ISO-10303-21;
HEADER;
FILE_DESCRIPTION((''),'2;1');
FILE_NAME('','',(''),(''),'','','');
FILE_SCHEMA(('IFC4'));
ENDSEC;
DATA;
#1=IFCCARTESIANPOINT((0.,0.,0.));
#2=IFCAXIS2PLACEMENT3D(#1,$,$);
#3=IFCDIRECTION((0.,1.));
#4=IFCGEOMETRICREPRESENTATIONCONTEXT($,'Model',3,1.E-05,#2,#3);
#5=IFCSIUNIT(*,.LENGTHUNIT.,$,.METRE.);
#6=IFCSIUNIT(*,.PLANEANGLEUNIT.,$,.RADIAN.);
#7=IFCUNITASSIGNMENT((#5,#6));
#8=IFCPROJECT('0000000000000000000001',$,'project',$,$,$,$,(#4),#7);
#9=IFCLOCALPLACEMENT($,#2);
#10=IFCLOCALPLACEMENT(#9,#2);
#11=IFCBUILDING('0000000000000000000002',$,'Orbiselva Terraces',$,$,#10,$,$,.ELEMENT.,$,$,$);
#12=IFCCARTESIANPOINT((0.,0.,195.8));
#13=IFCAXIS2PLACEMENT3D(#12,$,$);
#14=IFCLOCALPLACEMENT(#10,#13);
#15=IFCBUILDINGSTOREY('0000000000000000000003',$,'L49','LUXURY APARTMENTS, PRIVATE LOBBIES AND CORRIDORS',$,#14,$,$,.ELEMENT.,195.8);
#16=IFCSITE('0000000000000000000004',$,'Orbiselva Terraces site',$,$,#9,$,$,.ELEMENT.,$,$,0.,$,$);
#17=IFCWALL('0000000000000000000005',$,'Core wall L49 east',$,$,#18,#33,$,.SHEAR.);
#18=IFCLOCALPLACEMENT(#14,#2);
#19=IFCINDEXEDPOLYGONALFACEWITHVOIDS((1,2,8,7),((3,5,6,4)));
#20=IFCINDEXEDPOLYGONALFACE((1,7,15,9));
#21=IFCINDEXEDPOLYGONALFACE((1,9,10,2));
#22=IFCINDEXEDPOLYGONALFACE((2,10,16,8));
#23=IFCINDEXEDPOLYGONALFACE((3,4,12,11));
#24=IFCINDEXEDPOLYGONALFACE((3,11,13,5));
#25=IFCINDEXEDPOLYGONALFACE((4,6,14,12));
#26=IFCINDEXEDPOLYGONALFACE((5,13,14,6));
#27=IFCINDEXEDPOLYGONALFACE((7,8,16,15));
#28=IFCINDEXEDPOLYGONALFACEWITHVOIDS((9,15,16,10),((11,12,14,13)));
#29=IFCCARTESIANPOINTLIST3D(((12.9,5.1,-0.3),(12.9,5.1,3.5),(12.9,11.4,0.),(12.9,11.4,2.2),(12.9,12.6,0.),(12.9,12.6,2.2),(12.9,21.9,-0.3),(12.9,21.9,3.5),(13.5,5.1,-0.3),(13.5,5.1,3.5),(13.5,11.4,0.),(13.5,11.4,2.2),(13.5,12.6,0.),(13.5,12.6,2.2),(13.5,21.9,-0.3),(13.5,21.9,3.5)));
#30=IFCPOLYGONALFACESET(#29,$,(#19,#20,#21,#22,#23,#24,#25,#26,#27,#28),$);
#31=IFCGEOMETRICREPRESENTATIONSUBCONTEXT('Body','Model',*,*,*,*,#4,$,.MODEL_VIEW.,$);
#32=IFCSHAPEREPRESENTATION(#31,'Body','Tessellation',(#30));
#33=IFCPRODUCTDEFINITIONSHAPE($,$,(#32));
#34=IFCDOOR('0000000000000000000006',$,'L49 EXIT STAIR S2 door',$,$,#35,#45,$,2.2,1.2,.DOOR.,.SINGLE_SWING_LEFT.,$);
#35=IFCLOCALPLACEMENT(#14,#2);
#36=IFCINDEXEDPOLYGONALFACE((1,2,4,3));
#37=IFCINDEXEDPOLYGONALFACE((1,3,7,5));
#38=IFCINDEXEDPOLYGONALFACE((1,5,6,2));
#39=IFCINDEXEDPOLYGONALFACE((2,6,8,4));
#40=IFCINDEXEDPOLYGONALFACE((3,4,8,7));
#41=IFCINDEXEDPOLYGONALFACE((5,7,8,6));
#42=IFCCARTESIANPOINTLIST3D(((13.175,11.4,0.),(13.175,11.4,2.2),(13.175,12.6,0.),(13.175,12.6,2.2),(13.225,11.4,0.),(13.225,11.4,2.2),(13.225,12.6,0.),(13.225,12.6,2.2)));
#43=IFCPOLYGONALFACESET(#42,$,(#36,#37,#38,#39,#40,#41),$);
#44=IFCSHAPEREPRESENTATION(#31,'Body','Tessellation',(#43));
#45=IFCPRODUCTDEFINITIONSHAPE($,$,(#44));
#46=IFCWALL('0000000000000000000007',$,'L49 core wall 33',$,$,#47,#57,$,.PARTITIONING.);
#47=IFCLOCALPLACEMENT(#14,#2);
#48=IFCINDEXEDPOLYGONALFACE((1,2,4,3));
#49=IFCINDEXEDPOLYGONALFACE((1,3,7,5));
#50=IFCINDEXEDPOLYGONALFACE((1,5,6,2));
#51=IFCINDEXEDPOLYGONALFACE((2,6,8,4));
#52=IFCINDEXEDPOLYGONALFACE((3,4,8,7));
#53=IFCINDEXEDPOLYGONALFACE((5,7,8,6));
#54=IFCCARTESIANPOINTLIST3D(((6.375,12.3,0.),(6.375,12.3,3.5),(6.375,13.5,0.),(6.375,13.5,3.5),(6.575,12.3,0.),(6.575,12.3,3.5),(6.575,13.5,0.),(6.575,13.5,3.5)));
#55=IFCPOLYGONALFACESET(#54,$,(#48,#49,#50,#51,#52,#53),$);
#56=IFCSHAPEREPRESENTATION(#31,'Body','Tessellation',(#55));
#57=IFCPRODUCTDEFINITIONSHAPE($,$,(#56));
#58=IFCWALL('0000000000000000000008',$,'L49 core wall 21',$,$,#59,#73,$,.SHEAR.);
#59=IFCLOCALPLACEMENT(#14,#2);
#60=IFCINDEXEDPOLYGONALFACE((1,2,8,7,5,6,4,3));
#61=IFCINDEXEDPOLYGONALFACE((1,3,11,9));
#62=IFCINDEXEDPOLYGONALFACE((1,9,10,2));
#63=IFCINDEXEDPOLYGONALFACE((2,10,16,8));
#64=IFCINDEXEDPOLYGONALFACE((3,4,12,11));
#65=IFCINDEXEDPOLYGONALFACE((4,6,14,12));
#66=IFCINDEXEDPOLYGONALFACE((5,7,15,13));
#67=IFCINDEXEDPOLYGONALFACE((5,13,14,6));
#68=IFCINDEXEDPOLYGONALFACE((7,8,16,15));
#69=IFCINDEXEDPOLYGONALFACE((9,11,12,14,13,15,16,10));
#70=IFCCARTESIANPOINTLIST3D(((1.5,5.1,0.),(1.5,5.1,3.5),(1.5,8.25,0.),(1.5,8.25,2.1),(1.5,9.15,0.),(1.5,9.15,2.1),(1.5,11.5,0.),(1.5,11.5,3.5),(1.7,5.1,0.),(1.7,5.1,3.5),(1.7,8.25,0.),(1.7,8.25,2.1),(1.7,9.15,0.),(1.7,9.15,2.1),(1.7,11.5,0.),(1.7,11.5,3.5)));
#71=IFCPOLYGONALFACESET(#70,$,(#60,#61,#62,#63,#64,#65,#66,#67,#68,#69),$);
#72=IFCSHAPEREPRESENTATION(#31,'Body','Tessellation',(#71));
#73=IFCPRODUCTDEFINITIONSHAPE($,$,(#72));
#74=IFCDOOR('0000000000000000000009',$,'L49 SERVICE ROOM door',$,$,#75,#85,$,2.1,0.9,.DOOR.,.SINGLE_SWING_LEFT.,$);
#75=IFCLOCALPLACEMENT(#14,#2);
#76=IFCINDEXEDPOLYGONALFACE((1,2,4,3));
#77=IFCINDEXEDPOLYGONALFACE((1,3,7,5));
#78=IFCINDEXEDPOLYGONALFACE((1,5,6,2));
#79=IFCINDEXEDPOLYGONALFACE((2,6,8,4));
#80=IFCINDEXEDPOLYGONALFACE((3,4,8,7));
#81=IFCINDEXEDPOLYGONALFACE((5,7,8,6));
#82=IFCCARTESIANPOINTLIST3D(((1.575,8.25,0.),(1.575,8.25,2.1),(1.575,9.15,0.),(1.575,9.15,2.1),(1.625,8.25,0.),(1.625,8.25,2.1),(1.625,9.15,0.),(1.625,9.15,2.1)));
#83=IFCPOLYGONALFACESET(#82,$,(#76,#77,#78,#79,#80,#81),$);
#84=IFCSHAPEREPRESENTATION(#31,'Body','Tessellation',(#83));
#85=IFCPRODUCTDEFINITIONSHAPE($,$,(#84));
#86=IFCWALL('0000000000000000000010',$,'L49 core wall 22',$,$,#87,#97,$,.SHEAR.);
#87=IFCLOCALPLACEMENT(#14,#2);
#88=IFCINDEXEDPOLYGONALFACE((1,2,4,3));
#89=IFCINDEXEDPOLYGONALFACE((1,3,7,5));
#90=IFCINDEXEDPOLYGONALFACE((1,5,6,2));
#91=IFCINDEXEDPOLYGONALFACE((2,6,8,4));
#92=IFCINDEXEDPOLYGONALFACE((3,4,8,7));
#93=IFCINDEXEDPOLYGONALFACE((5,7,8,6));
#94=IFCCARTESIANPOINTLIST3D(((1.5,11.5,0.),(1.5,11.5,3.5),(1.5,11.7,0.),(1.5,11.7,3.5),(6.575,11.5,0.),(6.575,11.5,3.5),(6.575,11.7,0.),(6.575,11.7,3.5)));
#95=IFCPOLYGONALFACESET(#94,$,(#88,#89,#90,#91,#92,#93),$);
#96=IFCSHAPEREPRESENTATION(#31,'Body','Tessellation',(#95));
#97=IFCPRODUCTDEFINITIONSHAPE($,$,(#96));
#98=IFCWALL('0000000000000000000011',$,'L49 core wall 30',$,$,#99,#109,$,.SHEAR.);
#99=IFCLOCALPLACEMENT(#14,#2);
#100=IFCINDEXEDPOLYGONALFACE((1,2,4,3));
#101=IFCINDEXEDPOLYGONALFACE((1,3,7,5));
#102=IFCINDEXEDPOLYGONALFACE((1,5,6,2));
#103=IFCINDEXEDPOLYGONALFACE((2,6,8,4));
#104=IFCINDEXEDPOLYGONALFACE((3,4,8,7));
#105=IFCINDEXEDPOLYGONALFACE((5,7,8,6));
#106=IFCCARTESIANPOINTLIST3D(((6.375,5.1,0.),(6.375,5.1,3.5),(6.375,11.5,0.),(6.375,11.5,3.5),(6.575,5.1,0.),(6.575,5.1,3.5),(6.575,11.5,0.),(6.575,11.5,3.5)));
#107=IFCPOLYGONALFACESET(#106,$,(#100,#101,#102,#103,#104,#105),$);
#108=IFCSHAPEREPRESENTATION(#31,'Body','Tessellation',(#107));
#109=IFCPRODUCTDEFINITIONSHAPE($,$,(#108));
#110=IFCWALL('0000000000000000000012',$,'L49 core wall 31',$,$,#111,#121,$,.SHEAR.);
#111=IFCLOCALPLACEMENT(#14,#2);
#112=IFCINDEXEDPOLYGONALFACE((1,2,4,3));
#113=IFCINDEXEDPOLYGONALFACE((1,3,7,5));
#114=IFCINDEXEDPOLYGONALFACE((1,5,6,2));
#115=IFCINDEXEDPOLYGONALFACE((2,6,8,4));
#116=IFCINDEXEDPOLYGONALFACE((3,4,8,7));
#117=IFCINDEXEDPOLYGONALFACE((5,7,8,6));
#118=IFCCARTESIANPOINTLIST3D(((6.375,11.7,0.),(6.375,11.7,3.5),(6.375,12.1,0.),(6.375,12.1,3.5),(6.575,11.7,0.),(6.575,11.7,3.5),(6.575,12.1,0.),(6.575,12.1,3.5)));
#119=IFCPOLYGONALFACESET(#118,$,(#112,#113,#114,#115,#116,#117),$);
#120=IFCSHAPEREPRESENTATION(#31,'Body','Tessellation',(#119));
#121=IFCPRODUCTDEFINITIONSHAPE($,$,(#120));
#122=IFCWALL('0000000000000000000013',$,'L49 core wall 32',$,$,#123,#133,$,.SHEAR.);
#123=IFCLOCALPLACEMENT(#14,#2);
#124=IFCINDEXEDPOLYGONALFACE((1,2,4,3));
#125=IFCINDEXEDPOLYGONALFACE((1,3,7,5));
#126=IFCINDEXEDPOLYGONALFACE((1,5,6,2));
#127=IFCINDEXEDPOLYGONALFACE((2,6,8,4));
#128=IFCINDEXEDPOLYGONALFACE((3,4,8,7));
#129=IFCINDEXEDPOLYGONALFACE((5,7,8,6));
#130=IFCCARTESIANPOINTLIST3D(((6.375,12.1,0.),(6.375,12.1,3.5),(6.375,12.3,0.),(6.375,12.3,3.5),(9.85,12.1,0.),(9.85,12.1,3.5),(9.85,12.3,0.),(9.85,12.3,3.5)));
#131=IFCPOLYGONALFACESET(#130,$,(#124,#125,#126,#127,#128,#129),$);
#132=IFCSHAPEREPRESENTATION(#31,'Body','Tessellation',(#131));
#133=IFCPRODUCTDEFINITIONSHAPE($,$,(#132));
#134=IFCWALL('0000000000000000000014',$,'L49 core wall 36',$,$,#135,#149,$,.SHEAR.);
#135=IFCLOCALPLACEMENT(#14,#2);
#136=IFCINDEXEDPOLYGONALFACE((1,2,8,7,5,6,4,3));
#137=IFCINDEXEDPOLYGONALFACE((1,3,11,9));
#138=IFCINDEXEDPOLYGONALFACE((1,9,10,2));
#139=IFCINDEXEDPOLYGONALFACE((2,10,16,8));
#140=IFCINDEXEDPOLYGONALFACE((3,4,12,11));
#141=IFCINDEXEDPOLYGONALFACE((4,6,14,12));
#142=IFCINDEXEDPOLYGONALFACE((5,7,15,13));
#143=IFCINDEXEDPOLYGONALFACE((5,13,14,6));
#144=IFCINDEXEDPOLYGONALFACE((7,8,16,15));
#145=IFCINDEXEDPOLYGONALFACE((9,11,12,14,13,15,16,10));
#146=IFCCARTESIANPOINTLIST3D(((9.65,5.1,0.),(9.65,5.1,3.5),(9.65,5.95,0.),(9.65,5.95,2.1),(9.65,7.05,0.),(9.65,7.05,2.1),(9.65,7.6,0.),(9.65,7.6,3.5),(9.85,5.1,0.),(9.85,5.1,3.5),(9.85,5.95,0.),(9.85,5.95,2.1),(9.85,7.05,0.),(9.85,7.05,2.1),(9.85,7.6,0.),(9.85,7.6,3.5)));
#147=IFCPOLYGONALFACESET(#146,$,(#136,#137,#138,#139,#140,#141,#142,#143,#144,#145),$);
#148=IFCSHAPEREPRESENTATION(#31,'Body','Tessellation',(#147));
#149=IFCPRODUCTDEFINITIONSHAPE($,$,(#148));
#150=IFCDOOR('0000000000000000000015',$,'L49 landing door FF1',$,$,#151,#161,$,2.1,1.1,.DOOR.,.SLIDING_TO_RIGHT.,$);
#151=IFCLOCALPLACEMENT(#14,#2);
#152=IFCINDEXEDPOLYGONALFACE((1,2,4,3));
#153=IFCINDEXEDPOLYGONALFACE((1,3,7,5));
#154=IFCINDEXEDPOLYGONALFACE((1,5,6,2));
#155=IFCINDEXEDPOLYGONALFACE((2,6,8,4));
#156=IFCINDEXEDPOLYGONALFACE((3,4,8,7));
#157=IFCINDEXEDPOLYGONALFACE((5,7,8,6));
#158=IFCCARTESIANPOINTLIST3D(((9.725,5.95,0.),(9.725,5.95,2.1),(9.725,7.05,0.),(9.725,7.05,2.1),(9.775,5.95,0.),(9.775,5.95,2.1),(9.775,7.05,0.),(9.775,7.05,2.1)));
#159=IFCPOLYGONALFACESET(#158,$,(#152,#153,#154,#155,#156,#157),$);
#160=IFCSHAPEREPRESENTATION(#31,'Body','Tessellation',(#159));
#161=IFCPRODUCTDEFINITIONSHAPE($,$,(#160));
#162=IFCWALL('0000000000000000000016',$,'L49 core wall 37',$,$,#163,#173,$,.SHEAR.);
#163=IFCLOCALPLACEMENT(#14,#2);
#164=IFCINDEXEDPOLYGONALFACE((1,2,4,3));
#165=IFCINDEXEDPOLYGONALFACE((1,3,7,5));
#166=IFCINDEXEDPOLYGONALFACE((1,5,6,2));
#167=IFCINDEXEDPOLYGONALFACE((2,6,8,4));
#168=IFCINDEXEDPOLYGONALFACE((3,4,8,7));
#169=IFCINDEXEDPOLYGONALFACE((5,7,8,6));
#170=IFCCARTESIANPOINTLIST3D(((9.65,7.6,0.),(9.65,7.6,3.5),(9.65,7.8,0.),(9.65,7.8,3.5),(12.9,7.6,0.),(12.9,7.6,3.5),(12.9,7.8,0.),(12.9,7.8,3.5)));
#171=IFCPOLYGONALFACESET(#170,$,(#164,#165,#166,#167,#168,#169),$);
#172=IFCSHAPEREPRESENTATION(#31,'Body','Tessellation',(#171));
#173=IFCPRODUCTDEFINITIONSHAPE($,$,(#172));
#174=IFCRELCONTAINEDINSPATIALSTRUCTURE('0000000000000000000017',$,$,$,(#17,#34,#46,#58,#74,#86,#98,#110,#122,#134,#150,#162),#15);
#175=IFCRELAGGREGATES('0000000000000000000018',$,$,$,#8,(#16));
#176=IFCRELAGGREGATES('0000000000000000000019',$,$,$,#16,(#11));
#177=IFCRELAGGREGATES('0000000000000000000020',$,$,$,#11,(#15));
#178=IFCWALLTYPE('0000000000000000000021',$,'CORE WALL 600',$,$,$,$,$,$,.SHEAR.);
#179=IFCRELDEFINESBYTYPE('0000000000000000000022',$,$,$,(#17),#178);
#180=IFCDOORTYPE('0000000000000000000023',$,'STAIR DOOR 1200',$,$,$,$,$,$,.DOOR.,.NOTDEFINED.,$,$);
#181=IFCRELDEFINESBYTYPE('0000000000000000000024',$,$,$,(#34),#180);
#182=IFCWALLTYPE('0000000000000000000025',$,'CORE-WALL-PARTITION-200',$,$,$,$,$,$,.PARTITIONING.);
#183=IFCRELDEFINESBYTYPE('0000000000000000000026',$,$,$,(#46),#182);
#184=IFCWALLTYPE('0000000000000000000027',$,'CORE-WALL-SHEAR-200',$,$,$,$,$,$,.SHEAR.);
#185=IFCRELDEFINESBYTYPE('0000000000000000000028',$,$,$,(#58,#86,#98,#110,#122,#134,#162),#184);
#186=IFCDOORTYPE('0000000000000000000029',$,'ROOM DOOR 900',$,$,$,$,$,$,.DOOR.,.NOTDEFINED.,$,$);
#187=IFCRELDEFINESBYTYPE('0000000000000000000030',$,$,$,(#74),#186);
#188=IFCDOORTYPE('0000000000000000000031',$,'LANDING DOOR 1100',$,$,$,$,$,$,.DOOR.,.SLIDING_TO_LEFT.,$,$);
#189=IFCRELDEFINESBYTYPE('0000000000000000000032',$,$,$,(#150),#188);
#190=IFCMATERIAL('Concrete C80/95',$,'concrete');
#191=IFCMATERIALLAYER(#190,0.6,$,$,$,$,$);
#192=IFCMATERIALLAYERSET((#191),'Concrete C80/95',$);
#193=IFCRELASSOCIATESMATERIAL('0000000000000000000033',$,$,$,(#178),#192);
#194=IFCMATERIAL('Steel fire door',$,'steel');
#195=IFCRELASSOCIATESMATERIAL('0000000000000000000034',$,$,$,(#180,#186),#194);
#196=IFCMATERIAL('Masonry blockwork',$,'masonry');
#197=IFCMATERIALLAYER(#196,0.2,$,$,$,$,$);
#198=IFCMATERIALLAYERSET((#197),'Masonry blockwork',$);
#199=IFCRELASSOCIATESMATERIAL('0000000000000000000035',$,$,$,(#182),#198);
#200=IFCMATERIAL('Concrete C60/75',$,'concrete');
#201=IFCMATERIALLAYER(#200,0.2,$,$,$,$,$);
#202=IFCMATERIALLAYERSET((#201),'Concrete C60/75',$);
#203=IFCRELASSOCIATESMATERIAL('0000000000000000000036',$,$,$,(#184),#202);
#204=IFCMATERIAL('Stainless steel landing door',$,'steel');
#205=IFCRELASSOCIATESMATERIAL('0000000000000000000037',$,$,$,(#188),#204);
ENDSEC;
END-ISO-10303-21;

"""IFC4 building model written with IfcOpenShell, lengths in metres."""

from ifc_helpers import new_model, si_unit, direction, frame, frame_2d, origin, place, context, subcontext, project, spatial, rectangle, extrude, material, layer, layer_set, type_object, element, fill, save


model = new_model("IFC4")

# Units and contexts
model_context = context("Model", 3, precision=1e-05, world=origin(), true_north=direction((0.0, 1.0)))
body_context = subcontext(model_context, "Body", "Model", "MODEL_VIEW")
ifc_project = project(units=[si_unit("LENGTHUNIT", "METRE"), si_unit("PLANEANGLEUNIT", "RADIAN")], contexts=[model_context])

# Site, building, storey
site_placement = place(None, origin())
site = spatial("IfcSite", under=ifc_project, at=site_placement, Name="Orbiselva Terraces site", CompositionType="ELEMENT", RefElevation=0.0)
building_placement = place(site_placement, origin())
building = spatial("IfcBuilding", under=site, at=building_placement, Name="Orbiselva Terraces", CompositionType="ELEMENT")
storey_placement = place(building_placement, frame((0.0, 0.0, 195.8)))
storey = spatial("IfcBuildingStorey", under=building, at=storey_placement, Name="L49", Description="LUXURY APARTMENTS, PRIVATE LOBBIES AND CORRIDORS", CompositionType="ELEMENT", Elevation=195.8)

# Wall, opening, door
ifc_material_1 = material(Name="Concrete C80/95", Category="concrete")
ifc_layer_1 = layer(ifc_material_1, 0.6)
ifc_layer_set_1 = layer_set([ifc_layer_1], Name="Concrete C80/95")
wall_type_1 = type_object("IfcWallType", Name="CORE WALL 600", PredefinedType="SHEAR", material=ifc_layer_set_1)
wall_1_placement = place(storey_placement, frame((13.2, 5.1, -0.3), z_axis=(0.0, 0.0, 1.0), x_axis=(0.0, 1.0, 0.0)))
wall_1 = element("IfcWall", 1, at=wall_1_placement, inside=storey, type_object=wall_type_1, Name="Core wall L49 east", PredefinedType="SHEAR", context=body_context, shape_type="SweptSolid", body=[
    extrude(rectangle(XDim=16.8, YDim=0.6, at=frame_2d((8.4, 0.0))), origin(), (0.0, 0.0, 1.0), 3.8),
])
opening_1_placement = place(wall_1_placement, frame((6.3, 0.0, 0.3)))
opening_1 = element("IfcOpeningElement", 2, at=opening_1_placement, cuts=wall_1, PredefinedType="OPENING", context=body_context, shape_type="SweptSolid", body=[
    extrude(rectangle(XDim=1.2, YDim=2.2, at=frame_2d((0.6, 1.1))), frame((0.0, 0.31, 0.0), z_axis=(0.0, -1.0, 0.0), x_axis=(1.0, 0.0, 0.0)), (0.0, 0.0, 1.0), 0.62),
])
ifc_material_2 = material(Name="Steel fire door", Category="steel")
door_type_1 = type_object("IfcDoorType", Name="STAIR DOOR 1200", OperationType="NOTDEFINED", PredefinedType="DOOR", material=ifc_material_2)
door_1_placement = place(opening_1_placement, frame((1.2, 0.0, 0.0), z_axis=(0.0, 0.0, 1.0), x_axis=(-1.0, 0.0, 0.0)))
door_1 = element("IfcDoor", 3, at=door_1_placement, inside=storey, type_object=door_type_1, Name="L49 EXIT STAIR S2 door", OperationType="SINGLE_SWING_LEFT", OverallHeight=2.2, OverallWidth=1.2, PredefinedType="DOOR", context=body_context, shape_type="SweptSolid", body=[
    extrude(rectangle(XDim=1.2, YDim=2.2, at=frame_2d((0.6, 1.1))), frame((0.0, 0.025, 0.0), z_axis=(0.0, -1.0, 0.0), x_axis=(1.0, 0.0, 0.0)), (0.0, 0.0, 1.0), 0.05),
])
fill(opening_1, door_1)

# Wall
ifc_material_3 = material(Name="Masonry blockwork", Category="masonry")
ifc_layer_2 = layer(ifc_material_3, 0.2)
ifc_layer_set_2 = layer_set([ifc_layer_2], Name="Masonry blockwork")
wall_type_2 = type_object("IfcWallType", Name="CORE-WALL-PARTITION-200", PredefinedType="PARTITIONING", material=ifc_layer_set_2)
wall_2_placement = place(storey_placement, frame((6.475, 12.3, 0.0), z_axis=(0.0, 0.0, 1.0), x_axis=(0.0, 1.0, 0.0)))
element("IfcWall", 4, at=wall_2_placement, inside=storey, type_object=wall_type_2, Name="L49 core wall 33", PredefinedType="PARTITIONING", context=body_context, shape_type="SweptSolid", body=[
    extrude(rectangle(XDim=1.2, YDim=0.2, at=frame_2d((0.6, 0.0))), origin(), (0.0, 0.0, 1.0), 3.5),
])

# Wall, opening, door
ifc_material_4 = material(Name="Concrete C60/75", Category="concrete")
ifc_layer_3 = layer(ifc_material_4, 0.2)
ifc_layer_set_3 = layer_set([ifc_layer_3], Name="Concrete C60/75")
wall_type_3 = type_object("IfcWallType", Name="CORE-WALL-SHEAR-200", PredefinedType="SHEAR", material=ifc_layer_set_3)
wall_3_placement = place(storey_placement, frame((1.6, 11.5, 0.0), z_axis=(0.0, 0.0, 1.0), x_axis=(0.0, -1.0, 0.0)))
wall_3 = element("IfcWall", 5, at=wall_3_placement, inside=storey, type_object=wall_type_3, Name="L49 core wall 21", PredefinedType="SHEAR", context=body_context, shape_type="SweptSolid", body=[
    extrude(rectangle(XDim=6.4, YDim=0.2, at=frame_2d((3.2, 0.0))), origin(), (0.0, 0.0, 1.0), 3.5),
])
opening_2_placement = place(wall_3_placement, frame((2.35, 0.0, 0.0)))
opening_2 = element("IfcOpeningElement", 6, at=opening_2_placement, cuts=wall_3, PredefinedType="OPENING", context=body_context, shape_type="SweptSolid", body=[
    extrude(rectangle(XDim=0.9, YDim=2.1, at=frame_2d((0.45, 1.05))), frame((0.0, 0.11, 0.0), z_axis=(0.0, -1.0, 0.0), x_axis=(1.0, 0.0, 0.0)), (0.0, 0.0, 1.0), 0.22),
])
door_type_2 = type_object("IfcDoorType", Name="ROOM DOOR 900", OperationType="NOTDEFINED", PredefinedType="DOOR", material=ifc_material_2)
door_2_placement = place(opening_2_placement, origin())
door_2 = element("IfcDoor", 7, at=door_2_placement, inside=storey, type_object=door_type_2, Name="L49 SERVICE ROOM door", OperationType="SINGLE_SWING_LEFT", OverallHeight=2.1, OverallWidth=0.9, PredefinedType="DOOR", context=body_context, shape_type="SweptSolid", body=[
    extrude(rectangle(XDim=0.9, YDim=2.1, at=frame_2d((0.45, 1.05))), frame((0.0, 0.025, 0.0), z_axis=(0.0, -1.0, 0.0), x_axis=(1.0, 0.0, 0.0)), (0.0, 0.0, 1.0), 0.05),
])
fill(opening_2, door_2)

# Walls
wall_4_placement = place(storey_placement, frame((1.5, 11.6, 0.0), z_axis=(0.0, 0.0, 1.0), x_axis=(1.0, 0.0, 0.0)))
element("IfcWall", 8, at=wall_4_placement, inside=storey, type_object=wall_type_3, Name="L49 core wall 22", PredefinedType="SHEAR", context=body_context, shape_type="SweptSolid", body=[
    extrude(rectangle(XDim=5.075, YDim=0.2, at=frame_2d((2.5375, 0.0))), origin(), (0.0, 0.0, 1.0), 3.5),
])
wall_5_placement = place(storey_placement, frame((6.475, 5.1, 0.0), z_axis=(0.0, 0.0, 1.0), x_axis=(0.0, 1.0, 0.0)))
element("IfcWall", 9, at=wall_5_placement, inside=storey, type_object=wall_type_3, Name="L49 core wall 30", PredefinedType="SHEAR", context=body_context, shape_type="SweptSolid", body=[
    extrude(rectangle(XDim=6.4, YDim=0.2, at=frame_2d((3.2, 0.0))), origin(), (0.0, 0.0, 1.0), 3.5),
])
wall_6_placement = place(storey_placement, frame((6.475, 11.7, 0.0), z_axis=(0.0, 0.0, 1.0), x_axis=(0.0, 1.0, 0.0)))
element("IfcWall", 10, at=wall_6_placement, inside=storey, type_object=wall_type_3, Name="L49 core wall 31", PredefinedType="SHEAR", context=body_context, shape_type="SweptSolid", body=[
    extrude(rectangle(XDim=0.4, YDim=0.2, at=frame_2d((0.2, 0.0))), origin(), (0.0, 0.0, 1.0), 3.5),
])
wall_7_placement = place(storey_placement, frame((6.375, 12.2, 0.0), z_axis=(0.0, 0.0, 1.0), x_axis=(1.0, 0.0, 0.0)))
element("IfcWall", 11, at=wall_7_placement, inside=storey, type_object=wall_type_3, Name="L49 core wall 32", PredefinedType="SHEAR", context=body_context, shape_type="SweptSolid", body=[
    extrude(rectangle(XDim=3.475, YDim=0.2, at=frame_2d((1.7375, 0.0))), origin(), (0.0, 0.0, 1.0), 3.5),
])

# Wall, opening, door
wall_8_placement = place(storey_placement, frame((9.75, 5.1, 0.0), z_axis=(0.0, 0.0, 1.0), x_axis=(0.0, 1.0, 0.0)))
wall_8 = element("IfcWall", 12, at=wall_8_placement, inside=storey, type_object=wall_type_3, Name="L49 core wall 36", PredefinedType="SHEAR", context=body_context, shape_type="SweptSolid", body=[
    extrude(rectangle(XDim=2.5, YDim=0.2, at=frame_2d((1.25, 0.0))), origin(), (0.0, 0.0, 1.0), 3.5),
])
opening_3_placement = place(wall_8_placement, frame((0.85, 0.0, 0.0)))
opening_3 = element("IfcOpeningElement", 13, at=opening_3_placement, cuts=wall_8, PredefinedType="OPENING", context=body_context, shape_type="SweptSolid", body=[
    extrude(rectangle(XDim=1.1, YDim=2.1, at=frame_2d((0.55, 1.05))), frame((0.0, 0.11, 0.0), z_axis=(0.0, -1.0, 0.0), x_axis=(1.0, 0.0, 0.0)), (0.0, 0.0, 1.0), 0.22),
])
ifc_material_5 = material(Name="Stainless steel landing door", Category="steel")
door_type_3 = type_object("IfcDoorType", Name="LANDING DOOR 1100", OperationType="SLIDING_TO_LEFT", PredefinedType="DOOR", material=ifc_material_5)
door_3_placement = place(opening_3_placement, origin())
door_3 = element("IfcDoor", 14, at=door_3_placement, inside=storey, type_object=door_type_3, Name="L49 landing door FF1", OperationType="SLIDING_TO_RIGHT", OverallHeight=2.1, OverallWidth=1.1, PredefinedType="DOOR", context=body_context, shape_type="SweptSolid", body=[
    extrude(rectangle(XDim=1.1, YDim=2.1, at=frame_2d((0.55, 1.05))), frame((0.0, 0.025, 0.0), z_axis=(0.0, -1.0, 0.0), x_axis=(1.0, 0.0, 0.0)), (0.0, 0.0, 1.0), 0.05),
])
fill(opening_3, door_3)

# Wall
wall_9_placement = place(storey_placement, frame((9.65, 7.7, 0.0), z_axis=(0.0, 0.0, 1.0), x_axis=(1.0, 0.0, 0.0)))
element("IfcWall", 15, at=wall_9_placement, inside=storey, type_object=wall_type_3, Name="L49 core wall 37", PredefinedType="SHEAR", context=body_context, shape_type="SweptSolid", body=[
    extrude(rectangle(XDim=3.25, YDim=0.2, at=frame_2d((1.625, 0.0))), origin(), (0.0, 0.0, 1.0), 3.5),
])

save(model, "model.ifc")
